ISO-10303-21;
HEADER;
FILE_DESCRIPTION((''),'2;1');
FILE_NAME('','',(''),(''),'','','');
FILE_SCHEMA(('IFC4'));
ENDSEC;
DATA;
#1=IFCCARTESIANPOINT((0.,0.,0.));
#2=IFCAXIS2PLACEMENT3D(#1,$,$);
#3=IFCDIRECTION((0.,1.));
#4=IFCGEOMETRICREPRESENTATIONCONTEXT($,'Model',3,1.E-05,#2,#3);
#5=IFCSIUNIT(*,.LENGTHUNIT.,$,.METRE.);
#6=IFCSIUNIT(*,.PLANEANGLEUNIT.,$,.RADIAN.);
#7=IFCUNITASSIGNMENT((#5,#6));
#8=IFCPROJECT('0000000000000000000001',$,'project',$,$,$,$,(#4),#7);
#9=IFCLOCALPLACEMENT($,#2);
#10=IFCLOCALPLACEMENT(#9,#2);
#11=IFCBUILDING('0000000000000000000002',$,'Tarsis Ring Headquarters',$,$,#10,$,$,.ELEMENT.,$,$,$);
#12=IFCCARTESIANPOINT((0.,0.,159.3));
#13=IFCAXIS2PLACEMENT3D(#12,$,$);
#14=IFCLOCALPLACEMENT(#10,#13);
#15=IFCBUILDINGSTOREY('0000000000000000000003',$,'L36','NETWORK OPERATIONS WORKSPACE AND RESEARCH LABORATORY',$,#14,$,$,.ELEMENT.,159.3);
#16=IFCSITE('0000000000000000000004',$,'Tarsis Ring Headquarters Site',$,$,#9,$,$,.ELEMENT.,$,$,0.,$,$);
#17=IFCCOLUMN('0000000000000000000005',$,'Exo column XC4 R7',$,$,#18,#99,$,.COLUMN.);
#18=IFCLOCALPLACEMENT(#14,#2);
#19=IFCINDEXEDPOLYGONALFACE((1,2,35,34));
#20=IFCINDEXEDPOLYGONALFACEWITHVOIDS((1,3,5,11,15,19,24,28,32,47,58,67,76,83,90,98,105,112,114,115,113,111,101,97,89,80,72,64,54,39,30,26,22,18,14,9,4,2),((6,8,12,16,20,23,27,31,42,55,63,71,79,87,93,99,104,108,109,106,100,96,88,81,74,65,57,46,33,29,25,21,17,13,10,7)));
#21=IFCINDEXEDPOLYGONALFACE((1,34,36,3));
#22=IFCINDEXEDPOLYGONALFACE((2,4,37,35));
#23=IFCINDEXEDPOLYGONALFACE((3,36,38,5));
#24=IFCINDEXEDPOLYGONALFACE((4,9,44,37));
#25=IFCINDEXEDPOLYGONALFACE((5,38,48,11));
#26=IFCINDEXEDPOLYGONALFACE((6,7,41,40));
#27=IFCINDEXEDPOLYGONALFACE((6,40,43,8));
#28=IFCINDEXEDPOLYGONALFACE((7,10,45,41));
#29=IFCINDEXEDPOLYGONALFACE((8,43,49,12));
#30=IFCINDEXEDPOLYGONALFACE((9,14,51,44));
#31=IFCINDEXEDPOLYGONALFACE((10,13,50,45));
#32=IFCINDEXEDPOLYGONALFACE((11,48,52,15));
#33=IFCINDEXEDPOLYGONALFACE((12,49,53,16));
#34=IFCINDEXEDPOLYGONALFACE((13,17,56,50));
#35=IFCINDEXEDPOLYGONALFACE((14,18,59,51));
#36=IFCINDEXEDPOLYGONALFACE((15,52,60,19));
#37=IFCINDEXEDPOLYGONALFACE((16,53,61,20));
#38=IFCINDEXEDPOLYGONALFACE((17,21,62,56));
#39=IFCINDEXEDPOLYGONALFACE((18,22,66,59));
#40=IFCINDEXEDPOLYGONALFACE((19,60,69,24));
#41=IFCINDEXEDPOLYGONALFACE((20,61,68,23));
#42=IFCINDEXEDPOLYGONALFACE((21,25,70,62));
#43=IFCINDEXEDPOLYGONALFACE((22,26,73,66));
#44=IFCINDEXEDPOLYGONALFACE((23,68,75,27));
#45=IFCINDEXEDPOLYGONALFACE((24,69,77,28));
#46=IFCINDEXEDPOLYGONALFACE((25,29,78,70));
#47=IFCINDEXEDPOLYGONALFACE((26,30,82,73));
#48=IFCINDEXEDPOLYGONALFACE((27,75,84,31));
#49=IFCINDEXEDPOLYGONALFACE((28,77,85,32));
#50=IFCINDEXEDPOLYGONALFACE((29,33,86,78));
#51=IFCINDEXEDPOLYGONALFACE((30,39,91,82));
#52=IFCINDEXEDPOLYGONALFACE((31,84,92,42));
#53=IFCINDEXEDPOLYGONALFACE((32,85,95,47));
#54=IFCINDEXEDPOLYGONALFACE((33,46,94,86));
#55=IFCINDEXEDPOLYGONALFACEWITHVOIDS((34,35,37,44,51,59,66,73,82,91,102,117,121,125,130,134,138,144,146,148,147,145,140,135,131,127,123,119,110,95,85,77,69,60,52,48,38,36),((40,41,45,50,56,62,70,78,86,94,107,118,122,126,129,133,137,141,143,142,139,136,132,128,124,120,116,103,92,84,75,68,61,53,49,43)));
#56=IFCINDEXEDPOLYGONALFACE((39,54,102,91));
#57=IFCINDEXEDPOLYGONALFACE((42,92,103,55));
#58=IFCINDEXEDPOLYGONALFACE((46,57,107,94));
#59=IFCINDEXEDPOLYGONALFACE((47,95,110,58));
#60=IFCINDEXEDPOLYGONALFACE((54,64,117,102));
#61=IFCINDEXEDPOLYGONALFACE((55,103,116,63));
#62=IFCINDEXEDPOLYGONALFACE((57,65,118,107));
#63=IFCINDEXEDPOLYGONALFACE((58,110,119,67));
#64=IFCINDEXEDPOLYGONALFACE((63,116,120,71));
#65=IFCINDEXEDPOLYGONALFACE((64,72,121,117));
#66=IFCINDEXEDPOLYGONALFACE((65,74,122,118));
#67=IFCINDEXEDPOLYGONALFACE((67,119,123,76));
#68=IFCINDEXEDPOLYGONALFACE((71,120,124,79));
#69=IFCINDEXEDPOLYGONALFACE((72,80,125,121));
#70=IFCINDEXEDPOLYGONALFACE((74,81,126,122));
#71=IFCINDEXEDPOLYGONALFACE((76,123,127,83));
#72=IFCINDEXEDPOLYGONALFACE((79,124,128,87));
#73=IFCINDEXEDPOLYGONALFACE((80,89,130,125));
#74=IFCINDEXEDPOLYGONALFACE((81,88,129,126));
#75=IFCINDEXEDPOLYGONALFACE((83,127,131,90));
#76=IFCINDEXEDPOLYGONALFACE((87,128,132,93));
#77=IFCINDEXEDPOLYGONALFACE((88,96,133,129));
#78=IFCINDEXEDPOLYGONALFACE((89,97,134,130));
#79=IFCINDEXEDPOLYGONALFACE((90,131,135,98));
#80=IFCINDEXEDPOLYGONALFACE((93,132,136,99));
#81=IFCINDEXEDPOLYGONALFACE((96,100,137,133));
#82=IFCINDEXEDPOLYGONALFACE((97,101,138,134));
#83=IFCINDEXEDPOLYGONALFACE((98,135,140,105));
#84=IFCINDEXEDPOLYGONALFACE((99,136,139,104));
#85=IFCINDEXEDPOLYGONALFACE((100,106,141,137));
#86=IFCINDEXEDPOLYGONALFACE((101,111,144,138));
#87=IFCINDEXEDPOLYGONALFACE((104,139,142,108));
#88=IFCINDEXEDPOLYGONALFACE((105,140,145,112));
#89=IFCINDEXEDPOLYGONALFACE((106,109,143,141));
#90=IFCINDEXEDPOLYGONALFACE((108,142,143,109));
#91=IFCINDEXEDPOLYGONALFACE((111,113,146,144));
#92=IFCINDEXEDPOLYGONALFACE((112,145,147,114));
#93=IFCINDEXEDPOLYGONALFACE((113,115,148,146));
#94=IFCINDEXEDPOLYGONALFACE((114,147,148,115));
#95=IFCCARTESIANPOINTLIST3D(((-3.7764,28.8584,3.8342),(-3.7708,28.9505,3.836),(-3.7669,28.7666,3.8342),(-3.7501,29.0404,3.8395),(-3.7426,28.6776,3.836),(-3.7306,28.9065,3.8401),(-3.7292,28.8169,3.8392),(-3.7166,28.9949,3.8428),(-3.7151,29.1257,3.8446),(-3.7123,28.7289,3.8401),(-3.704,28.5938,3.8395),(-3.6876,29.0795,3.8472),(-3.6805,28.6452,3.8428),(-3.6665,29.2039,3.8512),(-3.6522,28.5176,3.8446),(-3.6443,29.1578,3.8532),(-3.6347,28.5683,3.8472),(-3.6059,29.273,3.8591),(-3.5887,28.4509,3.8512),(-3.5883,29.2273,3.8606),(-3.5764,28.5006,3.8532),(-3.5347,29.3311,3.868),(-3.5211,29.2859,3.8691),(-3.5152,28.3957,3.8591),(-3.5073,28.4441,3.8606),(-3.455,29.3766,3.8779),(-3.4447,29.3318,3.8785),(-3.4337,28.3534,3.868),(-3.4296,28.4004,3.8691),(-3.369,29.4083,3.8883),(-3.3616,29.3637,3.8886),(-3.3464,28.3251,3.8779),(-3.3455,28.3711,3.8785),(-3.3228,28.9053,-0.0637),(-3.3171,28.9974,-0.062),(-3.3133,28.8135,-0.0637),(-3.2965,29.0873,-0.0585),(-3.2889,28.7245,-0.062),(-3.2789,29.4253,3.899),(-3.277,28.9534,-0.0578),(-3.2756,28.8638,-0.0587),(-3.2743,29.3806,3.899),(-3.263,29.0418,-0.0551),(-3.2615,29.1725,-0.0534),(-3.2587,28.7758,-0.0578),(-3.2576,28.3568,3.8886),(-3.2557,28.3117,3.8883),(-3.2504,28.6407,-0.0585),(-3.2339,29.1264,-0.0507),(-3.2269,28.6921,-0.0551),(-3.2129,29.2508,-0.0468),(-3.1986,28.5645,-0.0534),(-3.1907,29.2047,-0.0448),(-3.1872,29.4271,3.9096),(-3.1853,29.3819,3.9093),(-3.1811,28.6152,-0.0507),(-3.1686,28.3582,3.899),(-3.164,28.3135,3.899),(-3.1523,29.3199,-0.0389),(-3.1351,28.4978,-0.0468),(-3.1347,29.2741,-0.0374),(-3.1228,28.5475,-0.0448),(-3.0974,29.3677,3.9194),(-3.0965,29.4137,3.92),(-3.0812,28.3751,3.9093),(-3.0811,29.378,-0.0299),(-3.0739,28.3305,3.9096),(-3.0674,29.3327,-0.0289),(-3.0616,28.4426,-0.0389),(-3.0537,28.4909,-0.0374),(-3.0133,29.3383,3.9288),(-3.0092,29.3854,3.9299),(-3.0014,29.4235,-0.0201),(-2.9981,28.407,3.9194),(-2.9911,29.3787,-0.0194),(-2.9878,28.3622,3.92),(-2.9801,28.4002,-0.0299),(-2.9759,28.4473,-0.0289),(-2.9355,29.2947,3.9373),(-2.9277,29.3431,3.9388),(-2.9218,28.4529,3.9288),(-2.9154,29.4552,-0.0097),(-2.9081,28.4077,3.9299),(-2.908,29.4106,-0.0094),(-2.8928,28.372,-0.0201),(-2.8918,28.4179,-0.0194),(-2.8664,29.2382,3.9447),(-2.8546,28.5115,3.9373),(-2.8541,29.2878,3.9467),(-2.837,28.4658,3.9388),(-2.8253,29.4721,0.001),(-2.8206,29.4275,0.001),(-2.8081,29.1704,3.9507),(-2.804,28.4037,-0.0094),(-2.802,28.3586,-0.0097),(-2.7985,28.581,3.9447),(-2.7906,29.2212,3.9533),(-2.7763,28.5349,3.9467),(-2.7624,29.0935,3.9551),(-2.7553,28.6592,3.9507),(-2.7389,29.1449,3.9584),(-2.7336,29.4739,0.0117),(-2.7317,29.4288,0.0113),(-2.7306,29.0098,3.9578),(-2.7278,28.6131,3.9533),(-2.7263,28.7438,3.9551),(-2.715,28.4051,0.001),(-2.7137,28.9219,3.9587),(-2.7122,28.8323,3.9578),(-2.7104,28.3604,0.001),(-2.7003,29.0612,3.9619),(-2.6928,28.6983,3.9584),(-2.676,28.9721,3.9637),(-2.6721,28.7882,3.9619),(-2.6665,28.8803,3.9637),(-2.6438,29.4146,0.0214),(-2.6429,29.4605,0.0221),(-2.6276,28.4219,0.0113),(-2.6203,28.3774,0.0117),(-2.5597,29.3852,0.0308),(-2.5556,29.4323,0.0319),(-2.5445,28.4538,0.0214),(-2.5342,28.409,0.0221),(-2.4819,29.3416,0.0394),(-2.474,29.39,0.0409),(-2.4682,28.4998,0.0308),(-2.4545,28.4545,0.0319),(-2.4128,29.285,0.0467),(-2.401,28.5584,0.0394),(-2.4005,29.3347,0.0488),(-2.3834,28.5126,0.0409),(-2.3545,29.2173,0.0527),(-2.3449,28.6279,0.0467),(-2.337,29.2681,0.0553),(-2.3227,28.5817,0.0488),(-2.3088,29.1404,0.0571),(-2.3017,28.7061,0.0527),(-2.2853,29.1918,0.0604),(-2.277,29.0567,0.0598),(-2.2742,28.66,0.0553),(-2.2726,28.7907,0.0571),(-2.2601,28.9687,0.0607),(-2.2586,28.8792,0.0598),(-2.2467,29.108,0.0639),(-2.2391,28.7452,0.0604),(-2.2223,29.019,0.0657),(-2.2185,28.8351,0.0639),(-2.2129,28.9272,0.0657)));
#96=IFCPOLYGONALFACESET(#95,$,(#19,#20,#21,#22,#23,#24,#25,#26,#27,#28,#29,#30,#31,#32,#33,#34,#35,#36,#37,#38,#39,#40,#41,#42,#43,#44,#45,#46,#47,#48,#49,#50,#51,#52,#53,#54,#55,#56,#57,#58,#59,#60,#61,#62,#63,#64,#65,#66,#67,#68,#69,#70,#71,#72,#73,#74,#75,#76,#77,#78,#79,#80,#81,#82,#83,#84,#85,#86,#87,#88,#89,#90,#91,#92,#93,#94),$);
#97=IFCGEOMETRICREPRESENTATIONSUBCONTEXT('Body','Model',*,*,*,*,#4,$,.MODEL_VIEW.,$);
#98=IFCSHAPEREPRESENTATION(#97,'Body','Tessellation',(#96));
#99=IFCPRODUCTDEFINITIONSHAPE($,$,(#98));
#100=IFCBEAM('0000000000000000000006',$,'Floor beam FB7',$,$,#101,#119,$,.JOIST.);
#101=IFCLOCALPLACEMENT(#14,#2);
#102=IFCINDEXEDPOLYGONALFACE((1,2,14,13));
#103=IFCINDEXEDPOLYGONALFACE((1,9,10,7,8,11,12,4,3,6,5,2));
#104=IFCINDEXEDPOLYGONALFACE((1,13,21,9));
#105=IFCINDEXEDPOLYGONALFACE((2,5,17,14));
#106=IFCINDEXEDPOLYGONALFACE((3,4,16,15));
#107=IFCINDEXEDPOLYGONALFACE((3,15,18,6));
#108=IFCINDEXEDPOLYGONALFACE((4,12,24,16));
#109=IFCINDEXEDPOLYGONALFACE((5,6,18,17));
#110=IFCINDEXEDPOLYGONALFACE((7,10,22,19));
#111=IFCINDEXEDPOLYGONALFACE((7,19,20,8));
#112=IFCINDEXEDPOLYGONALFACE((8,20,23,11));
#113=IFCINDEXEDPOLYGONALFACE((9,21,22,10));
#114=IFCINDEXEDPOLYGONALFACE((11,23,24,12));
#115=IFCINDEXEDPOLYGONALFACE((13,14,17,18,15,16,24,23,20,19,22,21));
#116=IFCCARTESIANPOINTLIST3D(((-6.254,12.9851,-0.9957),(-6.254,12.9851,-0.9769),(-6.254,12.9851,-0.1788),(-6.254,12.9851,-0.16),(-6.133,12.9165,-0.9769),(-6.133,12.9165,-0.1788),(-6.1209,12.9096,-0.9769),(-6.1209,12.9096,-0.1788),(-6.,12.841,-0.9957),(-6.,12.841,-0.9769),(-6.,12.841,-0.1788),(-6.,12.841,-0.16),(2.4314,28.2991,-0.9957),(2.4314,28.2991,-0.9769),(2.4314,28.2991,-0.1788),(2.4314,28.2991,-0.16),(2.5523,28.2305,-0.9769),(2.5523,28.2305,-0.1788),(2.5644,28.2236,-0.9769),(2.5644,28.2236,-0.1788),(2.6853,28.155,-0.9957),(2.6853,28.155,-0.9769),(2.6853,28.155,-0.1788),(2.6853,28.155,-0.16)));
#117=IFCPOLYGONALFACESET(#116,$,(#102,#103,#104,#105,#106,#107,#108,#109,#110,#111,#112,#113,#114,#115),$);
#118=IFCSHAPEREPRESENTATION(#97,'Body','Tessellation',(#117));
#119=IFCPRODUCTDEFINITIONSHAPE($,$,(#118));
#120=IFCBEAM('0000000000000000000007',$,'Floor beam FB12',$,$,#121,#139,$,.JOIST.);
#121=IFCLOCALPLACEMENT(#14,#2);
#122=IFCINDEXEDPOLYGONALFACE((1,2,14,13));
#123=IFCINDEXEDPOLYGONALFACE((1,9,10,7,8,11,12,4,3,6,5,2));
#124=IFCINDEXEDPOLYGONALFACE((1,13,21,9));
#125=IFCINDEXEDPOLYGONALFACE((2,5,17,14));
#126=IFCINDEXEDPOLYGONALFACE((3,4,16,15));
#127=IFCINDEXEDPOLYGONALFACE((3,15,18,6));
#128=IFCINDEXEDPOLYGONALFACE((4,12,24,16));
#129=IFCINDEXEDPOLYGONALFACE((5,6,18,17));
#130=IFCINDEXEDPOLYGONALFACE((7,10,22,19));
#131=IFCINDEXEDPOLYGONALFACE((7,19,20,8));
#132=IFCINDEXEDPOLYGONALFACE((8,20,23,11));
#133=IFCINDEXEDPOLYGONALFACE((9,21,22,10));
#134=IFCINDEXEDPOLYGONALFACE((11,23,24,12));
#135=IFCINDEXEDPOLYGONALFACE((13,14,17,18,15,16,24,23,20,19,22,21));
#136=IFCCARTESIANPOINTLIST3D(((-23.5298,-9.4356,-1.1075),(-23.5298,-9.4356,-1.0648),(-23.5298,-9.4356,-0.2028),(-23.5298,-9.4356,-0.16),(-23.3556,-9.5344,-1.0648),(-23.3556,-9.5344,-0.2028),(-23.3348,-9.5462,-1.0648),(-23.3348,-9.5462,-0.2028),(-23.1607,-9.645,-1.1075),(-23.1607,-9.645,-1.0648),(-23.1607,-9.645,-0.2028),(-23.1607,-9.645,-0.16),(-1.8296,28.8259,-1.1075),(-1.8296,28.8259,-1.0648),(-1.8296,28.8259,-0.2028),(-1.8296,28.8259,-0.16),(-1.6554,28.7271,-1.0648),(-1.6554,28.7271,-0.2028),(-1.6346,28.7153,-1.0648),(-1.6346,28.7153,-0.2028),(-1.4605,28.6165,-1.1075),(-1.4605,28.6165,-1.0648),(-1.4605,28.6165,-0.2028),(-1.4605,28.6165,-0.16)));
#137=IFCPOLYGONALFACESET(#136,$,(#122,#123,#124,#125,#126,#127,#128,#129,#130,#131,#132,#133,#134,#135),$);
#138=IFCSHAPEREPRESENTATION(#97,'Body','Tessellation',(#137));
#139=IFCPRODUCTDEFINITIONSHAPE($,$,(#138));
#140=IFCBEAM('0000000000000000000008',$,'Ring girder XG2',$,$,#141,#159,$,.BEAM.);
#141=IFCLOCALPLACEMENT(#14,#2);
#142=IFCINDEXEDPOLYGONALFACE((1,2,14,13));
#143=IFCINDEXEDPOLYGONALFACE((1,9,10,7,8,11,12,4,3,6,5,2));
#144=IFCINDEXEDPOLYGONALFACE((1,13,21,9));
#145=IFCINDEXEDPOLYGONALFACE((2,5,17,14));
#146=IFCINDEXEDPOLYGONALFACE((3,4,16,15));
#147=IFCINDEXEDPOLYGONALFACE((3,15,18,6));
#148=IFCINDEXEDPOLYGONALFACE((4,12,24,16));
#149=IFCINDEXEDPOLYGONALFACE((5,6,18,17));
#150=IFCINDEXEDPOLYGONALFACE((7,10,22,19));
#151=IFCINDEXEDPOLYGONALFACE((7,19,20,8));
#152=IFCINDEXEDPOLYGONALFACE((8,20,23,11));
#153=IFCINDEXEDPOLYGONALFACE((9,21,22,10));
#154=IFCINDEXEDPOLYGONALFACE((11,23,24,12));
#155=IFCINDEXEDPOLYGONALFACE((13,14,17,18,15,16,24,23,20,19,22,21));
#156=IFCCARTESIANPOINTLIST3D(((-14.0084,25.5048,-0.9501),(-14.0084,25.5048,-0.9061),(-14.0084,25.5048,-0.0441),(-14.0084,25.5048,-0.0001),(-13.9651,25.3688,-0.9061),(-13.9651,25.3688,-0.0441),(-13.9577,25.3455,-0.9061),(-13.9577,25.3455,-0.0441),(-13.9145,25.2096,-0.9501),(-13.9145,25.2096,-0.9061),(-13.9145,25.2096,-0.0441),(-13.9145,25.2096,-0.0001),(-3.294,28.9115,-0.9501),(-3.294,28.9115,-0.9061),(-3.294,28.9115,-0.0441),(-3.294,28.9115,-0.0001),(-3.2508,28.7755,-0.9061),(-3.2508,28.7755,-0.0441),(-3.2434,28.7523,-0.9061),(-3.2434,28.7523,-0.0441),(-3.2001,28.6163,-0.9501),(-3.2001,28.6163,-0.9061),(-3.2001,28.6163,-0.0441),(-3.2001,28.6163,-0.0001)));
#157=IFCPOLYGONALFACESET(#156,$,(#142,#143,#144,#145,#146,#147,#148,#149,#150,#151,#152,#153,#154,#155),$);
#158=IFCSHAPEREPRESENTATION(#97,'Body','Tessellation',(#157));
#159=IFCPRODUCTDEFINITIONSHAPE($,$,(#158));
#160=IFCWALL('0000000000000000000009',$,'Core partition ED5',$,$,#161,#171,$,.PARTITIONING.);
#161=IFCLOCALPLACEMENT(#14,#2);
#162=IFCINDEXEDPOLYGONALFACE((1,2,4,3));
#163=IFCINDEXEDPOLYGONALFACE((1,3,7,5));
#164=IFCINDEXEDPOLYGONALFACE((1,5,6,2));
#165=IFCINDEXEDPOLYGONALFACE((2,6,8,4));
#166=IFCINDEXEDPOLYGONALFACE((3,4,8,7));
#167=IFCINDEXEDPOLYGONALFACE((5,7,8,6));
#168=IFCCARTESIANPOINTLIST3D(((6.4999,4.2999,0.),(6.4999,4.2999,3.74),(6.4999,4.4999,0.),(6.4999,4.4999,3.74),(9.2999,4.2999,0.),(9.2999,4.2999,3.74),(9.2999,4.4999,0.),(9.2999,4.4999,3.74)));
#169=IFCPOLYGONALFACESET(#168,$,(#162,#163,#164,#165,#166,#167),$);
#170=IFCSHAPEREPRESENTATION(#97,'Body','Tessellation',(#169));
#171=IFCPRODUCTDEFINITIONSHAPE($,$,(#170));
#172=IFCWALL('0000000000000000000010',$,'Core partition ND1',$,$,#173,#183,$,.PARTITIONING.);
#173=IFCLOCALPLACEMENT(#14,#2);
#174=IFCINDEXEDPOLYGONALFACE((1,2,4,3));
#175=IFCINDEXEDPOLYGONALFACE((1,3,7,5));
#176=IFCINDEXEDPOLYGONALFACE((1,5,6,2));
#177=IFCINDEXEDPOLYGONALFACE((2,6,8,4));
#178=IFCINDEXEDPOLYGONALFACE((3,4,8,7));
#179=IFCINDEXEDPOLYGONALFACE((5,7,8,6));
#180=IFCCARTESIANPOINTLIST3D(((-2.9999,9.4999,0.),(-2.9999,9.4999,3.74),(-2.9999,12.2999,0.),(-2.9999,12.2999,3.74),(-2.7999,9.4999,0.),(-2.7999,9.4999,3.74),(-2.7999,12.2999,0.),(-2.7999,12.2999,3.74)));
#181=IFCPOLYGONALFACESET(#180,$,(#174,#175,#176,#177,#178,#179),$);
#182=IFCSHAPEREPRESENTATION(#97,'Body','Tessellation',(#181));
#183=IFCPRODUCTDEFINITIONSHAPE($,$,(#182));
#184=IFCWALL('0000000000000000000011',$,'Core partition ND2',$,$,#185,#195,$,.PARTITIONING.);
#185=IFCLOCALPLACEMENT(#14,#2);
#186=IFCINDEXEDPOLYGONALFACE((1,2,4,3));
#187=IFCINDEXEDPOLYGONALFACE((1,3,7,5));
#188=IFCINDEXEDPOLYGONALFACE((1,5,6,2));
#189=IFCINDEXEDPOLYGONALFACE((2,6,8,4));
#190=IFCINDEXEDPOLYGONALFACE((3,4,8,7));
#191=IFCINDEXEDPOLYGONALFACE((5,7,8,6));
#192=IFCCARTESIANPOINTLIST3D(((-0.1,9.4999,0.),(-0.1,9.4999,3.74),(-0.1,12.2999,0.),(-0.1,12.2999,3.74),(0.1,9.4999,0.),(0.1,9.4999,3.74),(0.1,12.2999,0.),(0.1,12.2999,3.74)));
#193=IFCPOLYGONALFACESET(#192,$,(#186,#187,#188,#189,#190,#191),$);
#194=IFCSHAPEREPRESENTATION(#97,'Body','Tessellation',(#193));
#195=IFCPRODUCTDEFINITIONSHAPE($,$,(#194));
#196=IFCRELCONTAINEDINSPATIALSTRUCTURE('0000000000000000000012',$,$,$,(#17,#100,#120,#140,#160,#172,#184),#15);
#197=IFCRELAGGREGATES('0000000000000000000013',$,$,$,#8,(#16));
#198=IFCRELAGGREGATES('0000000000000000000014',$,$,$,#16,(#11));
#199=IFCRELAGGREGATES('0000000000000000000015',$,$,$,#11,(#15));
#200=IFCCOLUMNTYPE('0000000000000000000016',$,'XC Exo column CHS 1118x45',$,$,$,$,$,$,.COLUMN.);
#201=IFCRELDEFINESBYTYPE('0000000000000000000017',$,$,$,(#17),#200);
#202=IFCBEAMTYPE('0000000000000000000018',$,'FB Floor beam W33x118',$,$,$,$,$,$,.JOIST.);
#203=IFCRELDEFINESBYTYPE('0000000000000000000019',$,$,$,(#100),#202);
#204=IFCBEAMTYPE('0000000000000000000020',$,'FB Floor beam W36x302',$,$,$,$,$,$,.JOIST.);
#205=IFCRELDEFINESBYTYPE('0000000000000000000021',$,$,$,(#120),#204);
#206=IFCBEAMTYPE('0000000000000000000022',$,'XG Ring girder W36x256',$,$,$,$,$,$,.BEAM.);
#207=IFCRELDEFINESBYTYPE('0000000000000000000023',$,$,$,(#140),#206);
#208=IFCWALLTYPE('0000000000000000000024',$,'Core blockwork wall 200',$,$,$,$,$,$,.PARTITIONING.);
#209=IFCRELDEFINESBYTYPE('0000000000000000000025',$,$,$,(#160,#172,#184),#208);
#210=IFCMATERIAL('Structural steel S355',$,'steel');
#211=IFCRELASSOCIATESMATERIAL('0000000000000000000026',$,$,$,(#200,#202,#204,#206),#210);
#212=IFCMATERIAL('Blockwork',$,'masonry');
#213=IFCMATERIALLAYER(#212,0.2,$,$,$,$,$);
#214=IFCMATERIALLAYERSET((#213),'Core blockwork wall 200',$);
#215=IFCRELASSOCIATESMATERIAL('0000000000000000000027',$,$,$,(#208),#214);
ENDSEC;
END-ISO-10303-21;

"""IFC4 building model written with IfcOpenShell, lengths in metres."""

from ifc_helpers import new_model, si_unit, direction, frame, frame_2d, origin, origin_2d, place, context, subcontext, project, spatial, rectangle, hollow_circle, i_section, extrude, material, layer, layer_set, material_profile, profile_set, type_object, element, save


model = new_model("IFC4")

# Units and contexts
model_context = context("Model", 3, precision=1e-05, world=origin(), true_north=direction((0.0, 1.0)))
body_context = subcontext(model_context, "Body", "Model", "MODEL_VIEW")
ifc_project = project(units=[si_unit("LENGTHUNIT", "METRE"), si_unit("PLANEANGLEUNIT", "RADIAN")], contexts=[model_context])

# Site, building, storey
site_placement = place(None, origin())
site = spatial("IfcSite", under=ifc_project, at=site_placement, Name="Tarsis Ring Headquarters Site", CompositionType="ELEMENT", RefElevation=0.0)
building_placement = place(site_placement, origin())
building = spatial("IfcBuilding", under=site, at=building_placement, Name="Tarsis Ring Headquarters", CompositionType="ELEMENT")
storey_placement = place(building_placement, frame((0.0, 0.0, 159.3)))
storey = spatial("IfcBuildingStorey", under=building, at=storey_placement, Name="L36", Description="NETWORK OPERATIONS WORKSPACE AND RESEARCH LABORATORY", CompositionType="ELEMENT", Elevation=159.3)

# Column
ifc_material_1 = material(Name="Structural steel S355", Category="steel")
ifc_material_profile_1 = material_profile(ifc_material_1, hollow_circle(Radius=0.5588, WallThickness=0.0449, at=origin_2d()), Name="CHS 1118x45")
ifc_profile_set_1 = profile_set([ifc_material_profile_1], Name="Structural steel S355")
column_type = type_object("IfcColumnType", Name="XC Exo column CHS 1118x45", PredefinedType="COLUMN", material=ifc_profile_set_1)
column_placement = place(storey_placement, frame((-2.7678, 28.9163, 0.001), z_axis=(-0.115584, -0.011944, 0.993226), x_axis=(0.10279, -0.994703, 0.0)))
element("IfcColumn", 1, at=column_placement, inside=storey, type_object=column_type, Name="Exo column XC4 R7", PredefinedType="COLUMN", context=body_context, shape_type="SweptSolid", body=[
    extrude(hollow_circle(Radius=0.5588, WallThickness=0.0449, at=origin_2d()), origin(), (0.0, 0.0, 1.0), 3.9246),
])

# Beams
ifc_material_profile_2 = material_profile(ifc_material_1, i_section(OverallWidth=0.292, OverallDepth=0.8357, WebThickness=0.0139, FlangeThickness=0.0188, at=origin_2d()), Name="W33x118")
ifc_profile_set_2 = profile_set([ifc_material_profile_2], Name="Structural steel S355")
beam_type_1 = type_object("IfcBeamType", Name="FB Floor beam W33x118", PredefinedType="JOIST", material=ifc_profile_set_2)
beam_1_placement = place(storey_placement, frame((2.5583, 28.2271, -0.5779), z_axis=(-0.49333, -0.869842, 0.0), x_axis=(0.869842, -0.49333, 0.0)))
element("IfcBeam", 2, at=beam_1_placement, inside=storey, type_object=beam_type_1, Name="Floor beam FB7", PredefinedType="JOIST", context=body_context, shape_type="SweptSolid", body=[
    extrude(i_section(OverallWidth=0.292, OverallDepth=0.8357, WebThickness=0.0139, FlangeThickness=0.0188, at=origin_2d()), origin(), (0.0, 0.0, 1.0), 17.6055),
])
ifc_material_profile_3 = material_profile(ifc_material_1, i_section(OverallWidth=0.4243, OverallDepth=0.9475, WebThickness=0.0239, FlangeThickness=0.0427, at=origin_2d()), Name="W36x302")
ifc_profile_set_3 = profile_set([ifc_material_profile_3], Name="Structural steel S355")
beam_type_2 = type_object("IfcBeamType", Name="FB Floor beam W36x302", PredefinedType="JOIST", material=ifc_profile_set_3)
beam_2_placement = place(storey_placement, frame((-1.645, 28.7212, -0.6338), z_axis=(-0.493334, -0.86984, 0.0), x_axis=(0.86984, -0.493334, 0.0)))
element("IfcBeam", 3, at=beam_2_placement, inside=storey, type_object=beam_type_2, Name="Floor beam FB12", PredefinedType="JOIST", context=body_context, shape_type="SweptSolid", body=[
    extrude(i_section(OverallWidth=0.4243, OverallDepth=0.9475, WebThickness=0.0239, FlangeThickness=0.0427, at=origin_2d()), origin(), (0.0, 0.0, 1.0), 43.9868),
])
ifc_material_profile_4 = material_profile(ifc_material_1, i_section(OverallWidth=0.3098, OverallDepth=0.95, WebThickness=0.0244, FlangeThickness=0.0439, at=origin_2d()), Name="W36x256")
ifc_profile_set_4 = profile_set([ifc_material_profile_4], Name="Structural steel S355")
beam_type_3 = type_object("IfcBeamType", Name="XG Ring girder W36x256", PredefinedType="BEAM", material=ifc_profile_set_4)
beam_3_placement = place(storey_placement, frame((-3.2471, 28.7639, -0.4751), z_axis=(-0.952987, -0.303012, 0.0), x_axis=(0.303012, -0.952987, 0.0)))
element("IfcBeam", 4, at=beam_3_placement, inside=storey, type_object=beam_type_3, Name="Ring girder XG2", PredefinedType="BEAM", context=body_context, shape_type="SweptSolid", body=[
    extrude(i_section(OverallWidth=0.3098, OverallDepth=0.95, WebThickness=0.0244, FlangeThickness=0.0439, at=origin_2d()), origin(), (0.0, 0.0, 1.0), 11.2429),
])

# Walls
ifc_material_2 = material(Name="Blockwork", Category="masonry")
ifc_layer_1 = layer(ifc_material_2, 0.2)
ifc_layer_set_1 = layer_set([ifc_layer_1], Name="Core blockwork wall 200")
wall_type_1 = type_object("IfcWallType", Name="Core blockwork wall 200", PredefinedType="PARTITIONING", material=ifc_layer_set_1)
for number, where, z_axis, x_axis, name in (
    (5, (6.5, 4.3999, 0.0), (0.0, 0.0, 1.0), (1.0, 0.0, 0.0), "Core partition ED5"),
    (6, (-2.8999, 9.5, 0.0), (0.0, 0.0, 1.0), (0.0, 1.0, 0.0), "Core partition ND1"),
    (7, (0.0, 9.5, 0.0), (0.0, 0.0, 1.0), (0.0, 1.0, 0.0), "Core partition ND2"),
):
    element("IfcWall", number, at=place(storey_placement, frame(where, z_axis=z_axis, x_axis=x_axis)), inside=storey, type_object=wall_type_1, Name=name, PredefinedType="PARTITIONING", context=body_context, shape_type="SweptSolid", body=[
        extrude(rectangle(XDim=2.8, YDim=0.2, at=frame_2d((1.3999, 0.0))), origin(), (0.0, 0.0, 1.0), 3.74),
    ])

save(model, "model.ifc")
